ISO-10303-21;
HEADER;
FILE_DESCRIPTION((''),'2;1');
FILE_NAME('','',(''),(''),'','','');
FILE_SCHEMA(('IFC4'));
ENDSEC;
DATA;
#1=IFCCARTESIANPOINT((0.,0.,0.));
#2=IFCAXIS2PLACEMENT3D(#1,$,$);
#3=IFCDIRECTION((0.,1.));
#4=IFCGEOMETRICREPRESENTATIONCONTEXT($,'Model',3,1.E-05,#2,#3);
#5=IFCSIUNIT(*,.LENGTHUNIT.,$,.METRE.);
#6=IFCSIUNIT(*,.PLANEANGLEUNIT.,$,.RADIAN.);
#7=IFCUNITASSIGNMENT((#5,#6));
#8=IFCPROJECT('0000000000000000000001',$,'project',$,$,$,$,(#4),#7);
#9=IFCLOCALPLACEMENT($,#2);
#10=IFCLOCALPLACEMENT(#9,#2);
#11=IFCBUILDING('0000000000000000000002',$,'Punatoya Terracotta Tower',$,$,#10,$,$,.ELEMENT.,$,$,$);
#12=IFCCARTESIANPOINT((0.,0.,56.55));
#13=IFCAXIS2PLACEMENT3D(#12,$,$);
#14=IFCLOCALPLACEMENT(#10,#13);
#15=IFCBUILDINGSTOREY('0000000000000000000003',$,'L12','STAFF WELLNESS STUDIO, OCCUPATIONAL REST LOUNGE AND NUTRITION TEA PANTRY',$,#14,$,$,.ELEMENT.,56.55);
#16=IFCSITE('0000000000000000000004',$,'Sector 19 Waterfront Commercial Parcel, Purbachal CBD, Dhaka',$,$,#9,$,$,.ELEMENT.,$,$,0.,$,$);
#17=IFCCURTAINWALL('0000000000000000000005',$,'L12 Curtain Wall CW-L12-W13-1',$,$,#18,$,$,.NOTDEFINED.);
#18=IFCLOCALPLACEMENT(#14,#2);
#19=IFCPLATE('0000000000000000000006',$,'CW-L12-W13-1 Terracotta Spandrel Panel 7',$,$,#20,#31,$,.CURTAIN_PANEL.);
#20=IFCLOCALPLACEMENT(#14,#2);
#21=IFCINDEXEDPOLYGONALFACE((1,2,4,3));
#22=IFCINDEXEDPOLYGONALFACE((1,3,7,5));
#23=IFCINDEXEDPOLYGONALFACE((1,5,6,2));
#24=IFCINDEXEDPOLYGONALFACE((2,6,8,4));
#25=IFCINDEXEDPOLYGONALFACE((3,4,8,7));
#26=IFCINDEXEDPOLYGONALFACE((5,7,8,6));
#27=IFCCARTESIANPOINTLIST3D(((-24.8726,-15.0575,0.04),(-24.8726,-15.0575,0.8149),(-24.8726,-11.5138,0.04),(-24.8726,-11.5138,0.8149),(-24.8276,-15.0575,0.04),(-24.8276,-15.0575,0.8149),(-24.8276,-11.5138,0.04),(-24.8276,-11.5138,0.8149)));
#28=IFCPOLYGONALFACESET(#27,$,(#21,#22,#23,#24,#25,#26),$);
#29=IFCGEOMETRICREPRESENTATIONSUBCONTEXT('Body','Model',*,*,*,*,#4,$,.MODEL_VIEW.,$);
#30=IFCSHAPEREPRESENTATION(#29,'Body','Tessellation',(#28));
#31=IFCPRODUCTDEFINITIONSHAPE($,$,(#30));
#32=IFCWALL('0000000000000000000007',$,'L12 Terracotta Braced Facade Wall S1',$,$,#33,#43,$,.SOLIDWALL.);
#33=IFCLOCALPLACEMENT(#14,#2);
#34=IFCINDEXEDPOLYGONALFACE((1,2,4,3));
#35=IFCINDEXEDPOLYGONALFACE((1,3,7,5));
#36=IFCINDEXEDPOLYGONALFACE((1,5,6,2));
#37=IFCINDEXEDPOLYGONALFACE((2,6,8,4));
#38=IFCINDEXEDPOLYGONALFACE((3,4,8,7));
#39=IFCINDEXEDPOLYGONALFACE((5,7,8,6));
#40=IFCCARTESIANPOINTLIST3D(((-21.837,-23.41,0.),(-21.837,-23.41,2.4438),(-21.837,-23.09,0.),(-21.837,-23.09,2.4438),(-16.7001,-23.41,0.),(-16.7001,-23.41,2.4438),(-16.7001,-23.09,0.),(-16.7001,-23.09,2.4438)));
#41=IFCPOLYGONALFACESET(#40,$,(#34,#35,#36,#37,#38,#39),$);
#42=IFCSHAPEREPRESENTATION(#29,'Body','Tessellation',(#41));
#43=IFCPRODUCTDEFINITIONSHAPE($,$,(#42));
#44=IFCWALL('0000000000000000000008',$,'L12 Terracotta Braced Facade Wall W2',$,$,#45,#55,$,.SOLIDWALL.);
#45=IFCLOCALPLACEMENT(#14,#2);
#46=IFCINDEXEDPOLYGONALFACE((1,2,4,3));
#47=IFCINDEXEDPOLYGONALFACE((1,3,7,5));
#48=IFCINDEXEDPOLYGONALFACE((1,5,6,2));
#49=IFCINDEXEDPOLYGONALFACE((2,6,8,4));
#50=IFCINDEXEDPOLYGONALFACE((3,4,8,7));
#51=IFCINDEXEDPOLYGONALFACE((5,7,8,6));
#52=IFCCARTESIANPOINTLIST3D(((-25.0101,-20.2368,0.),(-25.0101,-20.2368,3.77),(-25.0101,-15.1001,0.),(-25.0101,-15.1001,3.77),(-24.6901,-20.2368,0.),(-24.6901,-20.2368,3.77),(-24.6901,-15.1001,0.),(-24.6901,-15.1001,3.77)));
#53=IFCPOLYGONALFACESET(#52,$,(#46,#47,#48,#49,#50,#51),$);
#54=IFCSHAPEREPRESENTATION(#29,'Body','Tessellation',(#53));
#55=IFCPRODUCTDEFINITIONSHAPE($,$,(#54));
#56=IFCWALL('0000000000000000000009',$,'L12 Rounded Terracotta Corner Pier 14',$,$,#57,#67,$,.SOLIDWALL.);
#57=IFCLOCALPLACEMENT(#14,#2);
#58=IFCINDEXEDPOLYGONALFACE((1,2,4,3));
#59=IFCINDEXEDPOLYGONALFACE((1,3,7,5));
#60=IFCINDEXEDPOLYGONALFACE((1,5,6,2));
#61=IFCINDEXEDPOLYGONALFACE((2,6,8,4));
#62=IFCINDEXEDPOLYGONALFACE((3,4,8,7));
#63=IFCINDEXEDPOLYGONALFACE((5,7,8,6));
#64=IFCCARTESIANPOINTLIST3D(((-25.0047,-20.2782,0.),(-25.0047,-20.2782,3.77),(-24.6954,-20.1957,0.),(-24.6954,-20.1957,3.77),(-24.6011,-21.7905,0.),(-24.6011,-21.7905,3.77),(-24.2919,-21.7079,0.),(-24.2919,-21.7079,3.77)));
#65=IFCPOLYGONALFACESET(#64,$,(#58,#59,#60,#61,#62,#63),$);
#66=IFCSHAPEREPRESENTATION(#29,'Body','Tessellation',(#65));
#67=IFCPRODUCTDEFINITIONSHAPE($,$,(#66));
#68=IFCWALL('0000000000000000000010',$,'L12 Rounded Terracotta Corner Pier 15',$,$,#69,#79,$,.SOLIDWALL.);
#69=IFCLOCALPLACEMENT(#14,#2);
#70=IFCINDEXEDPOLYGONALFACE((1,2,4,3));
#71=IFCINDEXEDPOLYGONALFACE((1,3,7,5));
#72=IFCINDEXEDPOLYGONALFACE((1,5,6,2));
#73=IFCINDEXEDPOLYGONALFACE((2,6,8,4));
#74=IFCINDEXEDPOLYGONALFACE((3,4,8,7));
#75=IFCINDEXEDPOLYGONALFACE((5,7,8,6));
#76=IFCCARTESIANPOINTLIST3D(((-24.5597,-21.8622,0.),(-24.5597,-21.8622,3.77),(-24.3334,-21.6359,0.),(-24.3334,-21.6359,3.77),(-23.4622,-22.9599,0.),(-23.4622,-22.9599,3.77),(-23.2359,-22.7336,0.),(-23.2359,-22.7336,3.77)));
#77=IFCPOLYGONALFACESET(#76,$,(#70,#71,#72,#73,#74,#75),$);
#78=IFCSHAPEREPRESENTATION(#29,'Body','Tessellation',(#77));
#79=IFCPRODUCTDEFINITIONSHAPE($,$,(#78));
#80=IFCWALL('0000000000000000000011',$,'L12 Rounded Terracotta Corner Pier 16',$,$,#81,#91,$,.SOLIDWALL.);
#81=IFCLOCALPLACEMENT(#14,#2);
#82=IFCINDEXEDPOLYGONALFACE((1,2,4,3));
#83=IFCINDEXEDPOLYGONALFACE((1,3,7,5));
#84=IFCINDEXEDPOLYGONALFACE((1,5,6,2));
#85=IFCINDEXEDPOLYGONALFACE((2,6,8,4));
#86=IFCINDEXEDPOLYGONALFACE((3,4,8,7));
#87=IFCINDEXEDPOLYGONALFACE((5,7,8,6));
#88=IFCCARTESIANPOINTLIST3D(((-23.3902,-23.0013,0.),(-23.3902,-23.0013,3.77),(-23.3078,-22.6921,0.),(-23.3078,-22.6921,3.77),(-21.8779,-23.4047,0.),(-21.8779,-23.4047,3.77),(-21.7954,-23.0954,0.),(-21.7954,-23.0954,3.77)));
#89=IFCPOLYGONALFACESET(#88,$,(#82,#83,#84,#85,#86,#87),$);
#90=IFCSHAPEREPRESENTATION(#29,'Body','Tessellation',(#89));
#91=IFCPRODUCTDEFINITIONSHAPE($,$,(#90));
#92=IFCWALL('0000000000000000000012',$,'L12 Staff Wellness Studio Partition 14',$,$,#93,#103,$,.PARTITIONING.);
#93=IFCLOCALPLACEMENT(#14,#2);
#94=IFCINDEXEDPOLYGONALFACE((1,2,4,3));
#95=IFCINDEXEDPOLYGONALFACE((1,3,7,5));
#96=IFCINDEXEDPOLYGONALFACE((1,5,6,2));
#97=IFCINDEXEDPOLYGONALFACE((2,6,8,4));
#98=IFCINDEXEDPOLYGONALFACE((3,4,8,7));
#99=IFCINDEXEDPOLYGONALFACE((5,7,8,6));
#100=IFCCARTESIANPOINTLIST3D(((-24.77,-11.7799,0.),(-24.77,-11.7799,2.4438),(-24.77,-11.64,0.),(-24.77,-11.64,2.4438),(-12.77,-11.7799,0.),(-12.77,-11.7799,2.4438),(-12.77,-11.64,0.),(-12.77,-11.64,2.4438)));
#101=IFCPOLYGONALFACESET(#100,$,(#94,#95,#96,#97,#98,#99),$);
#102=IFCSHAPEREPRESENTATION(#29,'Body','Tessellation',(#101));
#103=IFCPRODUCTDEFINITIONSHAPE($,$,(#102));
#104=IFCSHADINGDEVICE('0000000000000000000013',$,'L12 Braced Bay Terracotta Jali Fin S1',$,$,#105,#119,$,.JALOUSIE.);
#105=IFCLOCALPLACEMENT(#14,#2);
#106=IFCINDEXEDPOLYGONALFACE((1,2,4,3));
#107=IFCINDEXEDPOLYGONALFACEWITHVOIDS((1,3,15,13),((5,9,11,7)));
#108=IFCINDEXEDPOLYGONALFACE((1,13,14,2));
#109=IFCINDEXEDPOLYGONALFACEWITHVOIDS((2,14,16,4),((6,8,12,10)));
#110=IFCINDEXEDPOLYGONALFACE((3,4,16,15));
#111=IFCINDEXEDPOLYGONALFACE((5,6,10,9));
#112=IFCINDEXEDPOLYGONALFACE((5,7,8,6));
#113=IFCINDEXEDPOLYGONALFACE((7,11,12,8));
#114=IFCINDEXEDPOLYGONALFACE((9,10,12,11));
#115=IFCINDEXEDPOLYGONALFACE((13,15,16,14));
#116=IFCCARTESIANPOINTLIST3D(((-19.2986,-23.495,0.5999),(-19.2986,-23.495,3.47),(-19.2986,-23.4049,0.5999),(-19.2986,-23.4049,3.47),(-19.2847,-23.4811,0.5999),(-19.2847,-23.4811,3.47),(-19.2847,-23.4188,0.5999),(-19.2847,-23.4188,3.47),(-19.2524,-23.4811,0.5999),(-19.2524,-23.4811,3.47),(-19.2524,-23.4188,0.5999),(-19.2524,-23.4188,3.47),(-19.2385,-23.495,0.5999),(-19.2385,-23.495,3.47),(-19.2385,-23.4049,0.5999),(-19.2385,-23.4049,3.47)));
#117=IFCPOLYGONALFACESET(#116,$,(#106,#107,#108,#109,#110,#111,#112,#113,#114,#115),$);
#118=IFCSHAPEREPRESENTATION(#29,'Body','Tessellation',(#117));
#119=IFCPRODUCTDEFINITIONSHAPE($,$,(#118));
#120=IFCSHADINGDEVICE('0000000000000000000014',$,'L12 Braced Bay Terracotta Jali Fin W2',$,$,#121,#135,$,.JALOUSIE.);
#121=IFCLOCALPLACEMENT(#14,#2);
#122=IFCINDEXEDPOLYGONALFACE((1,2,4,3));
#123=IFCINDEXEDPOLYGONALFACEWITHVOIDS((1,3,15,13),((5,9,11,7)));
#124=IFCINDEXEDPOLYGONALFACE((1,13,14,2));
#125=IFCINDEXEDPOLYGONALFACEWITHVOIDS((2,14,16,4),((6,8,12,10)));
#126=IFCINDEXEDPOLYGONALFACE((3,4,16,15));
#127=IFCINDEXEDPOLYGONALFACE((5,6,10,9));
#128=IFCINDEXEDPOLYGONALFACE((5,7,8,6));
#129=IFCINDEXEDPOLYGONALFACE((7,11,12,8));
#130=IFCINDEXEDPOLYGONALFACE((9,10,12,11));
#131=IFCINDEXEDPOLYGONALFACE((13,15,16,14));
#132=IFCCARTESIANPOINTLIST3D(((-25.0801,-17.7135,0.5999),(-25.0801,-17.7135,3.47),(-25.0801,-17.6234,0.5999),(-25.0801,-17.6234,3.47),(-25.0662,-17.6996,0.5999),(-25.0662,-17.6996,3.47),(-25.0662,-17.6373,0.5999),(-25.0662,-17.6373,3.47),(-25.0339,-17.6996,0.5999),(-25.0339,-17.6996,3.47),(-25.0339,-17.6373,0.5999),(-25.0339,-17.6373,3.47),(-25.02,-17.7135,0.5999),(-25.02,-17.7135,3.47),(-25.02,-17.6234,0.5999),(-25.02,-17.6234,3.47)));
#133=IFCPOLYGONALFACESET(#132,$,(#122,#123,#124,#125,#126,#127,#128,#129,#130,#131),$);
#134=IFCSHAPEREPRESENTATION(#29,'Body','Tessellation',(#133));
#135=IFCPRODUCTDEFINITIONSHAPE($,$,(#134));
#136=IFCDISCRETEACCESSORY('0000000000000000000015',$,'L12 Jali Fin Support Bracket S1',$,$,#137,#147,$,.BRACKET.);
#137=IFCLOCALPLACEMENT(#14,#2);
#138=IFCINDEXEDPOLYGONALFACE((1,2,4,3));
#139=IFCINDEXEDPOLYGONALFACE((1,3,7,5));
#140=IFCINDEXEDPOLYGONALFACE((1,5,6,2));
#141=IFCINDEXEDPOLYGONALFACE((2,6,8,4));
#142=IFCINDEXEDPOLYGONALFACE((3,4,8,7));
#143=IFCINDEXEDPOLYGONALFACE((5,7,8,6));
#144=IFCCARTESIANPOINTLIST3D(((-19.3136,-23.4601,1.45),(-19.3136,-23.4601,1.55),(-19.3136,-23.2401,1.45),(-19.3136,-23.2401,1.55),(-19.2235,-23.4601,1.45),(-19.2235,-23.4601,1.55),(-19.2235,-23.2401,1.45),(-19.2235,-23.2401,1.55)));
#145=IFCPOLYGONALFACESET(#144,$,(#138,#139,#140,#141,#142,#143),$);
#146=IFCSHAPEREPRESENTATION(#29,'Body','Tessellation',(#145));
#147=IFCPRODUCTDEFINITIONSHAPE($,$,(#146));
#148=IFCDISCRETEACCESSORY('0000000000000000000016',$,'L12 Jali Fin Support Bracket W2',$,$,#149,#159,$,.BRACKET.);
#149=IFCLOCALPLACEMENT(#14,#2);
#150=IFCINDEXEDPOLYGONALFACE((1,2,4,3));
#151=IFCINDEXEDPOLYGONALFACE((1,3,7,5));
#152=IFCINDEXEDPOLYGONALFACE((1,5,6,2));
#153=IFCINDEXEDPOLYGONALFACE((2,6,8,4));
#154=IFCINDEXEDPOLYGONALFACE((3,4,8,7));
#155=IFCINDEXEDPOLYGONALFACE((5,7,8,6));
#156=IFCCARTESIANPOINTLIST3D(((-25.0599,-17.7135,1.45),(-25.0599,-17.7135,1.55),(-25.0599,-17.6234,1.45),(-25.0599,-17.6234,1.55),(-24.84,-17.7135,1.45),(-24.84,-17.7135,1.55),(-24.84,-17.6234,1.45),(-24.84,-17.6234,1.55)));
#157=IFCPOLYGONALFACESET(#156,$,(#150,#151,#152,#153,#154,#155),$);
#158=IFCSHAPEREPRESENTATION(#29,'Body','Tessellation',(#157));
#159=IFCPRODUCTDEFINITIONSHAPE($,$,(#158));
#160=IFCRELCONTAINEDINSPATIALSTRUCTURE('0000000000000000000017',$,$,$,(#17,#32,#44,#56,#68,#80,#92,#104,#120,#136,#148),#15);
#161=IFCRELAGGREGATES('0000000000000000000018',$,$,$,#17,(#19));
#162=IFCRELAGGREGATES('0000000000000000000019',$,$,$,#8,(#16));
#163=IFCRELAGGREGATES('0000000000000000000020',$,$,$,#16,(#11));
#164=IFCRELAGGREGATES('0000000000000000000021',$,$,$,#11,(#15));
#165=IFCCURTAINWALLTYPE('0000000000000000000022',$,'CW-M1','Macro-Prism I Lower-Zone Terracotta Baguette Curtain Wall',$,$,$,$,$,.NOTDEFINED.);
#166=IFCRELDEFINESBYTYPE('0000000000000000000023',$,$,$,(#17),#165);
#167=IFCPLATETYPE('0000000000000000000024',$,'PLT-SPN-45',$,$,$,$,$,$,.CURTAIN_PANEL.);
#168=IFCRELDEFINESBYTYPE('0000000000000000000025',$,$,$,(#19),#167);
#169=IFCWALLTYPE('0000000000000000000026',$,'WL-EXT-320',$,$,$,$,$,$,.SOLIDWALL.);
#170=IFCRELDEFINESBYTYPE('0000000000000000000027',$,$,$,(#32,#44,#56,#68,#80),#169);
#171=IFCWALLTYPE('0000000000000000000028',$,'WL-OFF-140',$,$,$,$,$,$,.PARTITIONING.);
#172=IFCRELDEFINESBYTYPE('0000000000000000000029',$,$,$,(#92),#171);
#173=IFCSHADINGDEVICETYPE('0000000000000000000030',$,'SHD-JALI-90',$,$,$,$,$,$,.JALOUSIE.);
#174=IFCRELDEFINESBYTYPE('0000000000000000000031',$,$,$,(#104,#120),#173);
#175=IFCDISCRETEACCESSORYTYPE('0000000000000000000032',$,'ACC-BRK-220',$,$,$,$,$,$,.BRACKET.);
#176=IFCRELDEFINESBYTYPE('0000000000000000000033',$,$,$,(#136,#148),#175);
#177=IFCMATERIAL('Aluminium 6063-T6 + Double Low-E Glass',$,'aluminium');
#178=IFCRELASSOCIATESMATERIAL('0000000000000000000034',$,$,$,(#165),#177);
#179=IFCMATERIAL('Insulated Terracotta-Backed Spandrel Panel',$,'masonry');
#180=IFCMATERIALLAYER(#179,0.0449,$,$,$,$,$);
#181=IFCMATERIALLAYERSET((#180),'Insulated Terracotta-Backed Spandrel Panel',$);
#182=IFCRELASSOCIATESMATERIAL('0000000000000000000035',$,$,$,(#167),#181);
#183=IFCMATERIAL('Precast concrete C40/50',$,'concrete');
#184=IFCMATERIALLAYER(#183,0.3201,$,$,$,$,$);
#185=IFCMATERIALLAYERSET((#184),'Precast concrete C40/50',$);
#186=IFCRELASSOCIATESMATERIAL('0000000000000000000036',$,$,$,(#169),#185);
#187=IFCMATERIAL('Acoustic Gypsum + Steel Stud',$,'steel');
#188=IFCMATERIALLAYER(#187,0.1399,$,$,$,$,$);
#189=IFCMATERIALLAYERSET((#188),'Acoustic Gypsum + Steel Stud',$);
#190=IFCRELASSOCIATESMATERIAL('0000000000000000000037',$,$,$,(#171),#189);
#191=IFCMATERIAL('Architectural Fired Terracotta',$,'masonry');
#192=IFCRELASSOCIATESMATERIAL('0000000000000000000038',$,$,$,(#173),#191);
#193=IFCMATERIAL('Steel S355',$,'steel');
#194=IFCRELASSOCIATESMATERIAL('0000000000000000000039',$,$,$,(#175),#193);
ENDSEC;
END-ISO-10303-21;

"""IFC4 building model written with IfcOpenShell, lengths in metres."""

from ifc_helpers import new_model, si_unit, direction, frame, frame_2d, origin, origin_2d, place, context, subcontext, project, spatial, rectangle, hollow_rectangle, extrude, material, layer, layer_set, material_profile, profile_set, type_object, element, aggregate, save


model = new_model("IFC4")

# Units and contexts
model_context = context("Model", 3, precision=1e-05, world=origin(), true_north=direction((0.0, 1.0)))
body_context = subcontext(model_context, "Body", "Model", "MODEL_VIEW")
ifc_project = project(units=[si_unit("LENGTHUNIT", "METRE"), si_unit("PLANEANGLEUNIT", "RADIAN")], contexts=[model_context])

# Site, building, storey
site_placement = place(None, origin())
site = spatial("IfcSite", under=ifc_project, at=site_placement, Name="Sector 19 Waterfront Commercial Parcel, Purbachal CBD, Dhaka", CompositionType="ELEMENT", RefElevation=0.0)
building_placement = place(site_placement, origin())
building = spatial("IfcBuilding", under=site, at=building_placement, Name="Punatoya Terracotta Tower", CompositionType="ELEMENT")
storey_placement = place(building_placement, frame((0.0, 0.0, 56.55)))
storey = spatial("IfcBuildingStorey", under=building, at=storey_placement, Name="L12", Description="STAFF WELLNESS STUDIO, OCCUPATIONAL REST LOUNGE AND NUTRITION TEA PANTRY", CompositionType="ELEMENT", Elevation=56.55)

# Shared definitions
ifc_material_1 = material(Name="Steel S355", Category="steel")

# Curtain wall
ifc_material_2 = material(Name="Aluminium 6063-T6 + Double Low-E Glass", Category="aluminium")
curtain_wall_type = type_object("IfcCurtainWallType", Name="CW-M1", Description="Macro-Prism I Lower-Zone Terracotta Baguette Curtain Wall", PredefinedType="NOTDEFINED", material=ifc_material_2)
curtain_wall_placement = place(storey_placement, origin())
curtain_wall = element("IfcCurtainWall", 1, at=curtain_wall_placement, inside=storey, type_object=curtain_wall_type, Name="L12 Curtain Wall CW-L12-W13-1", PredefinedType="NOTDEFINED")

# Plate
ifc_material_3 = material(Name="Insulated Terracotta-Backed Spandrel Panel", Category="masonry")
ifc_layer_1 = layer(ifc_material_3, 0.0449)
ifc_layer_set_1 = layer_set([ifc_layer_1], Name="Insulated Terracotta-Backed Spandrel Panel")
plate_type_1 = type_object("IfcPlateType", Name="PLT-SPN-45", PredefinedType="CURTAIN_PANEL", material=ifc_layer_set_1)
plate_1_placement = place(storey_placement, frame((-24.8501, -13.2856, 0.04), z_axis=(0.0, 0.0, 1.0), x_axis=(0.0, -1.0, 0.0)))
plate_1 = element("IfcPlate", 2, at=plate_1_placement, type_object=plate_type_1, Name="CW-L12-W13-1 Terracotta Spandrel Panel 7", PredefinedType="CURTAIN_PANEL", context=body_context, shape_type="SweptSolid", body=[
    extrude(rectangle(XDim=3.5437, YDim=0.0449, at=origin_2d()), origin(), (0.0, 0.0, 1.0), 0.7749),
])
aggregate(curtain_wall, [plate_1])

# Walls
ifc_material_4 = material(Name="Precast concrete C40/50", Category="concrete")
ifc_layer_2 = layer(ifc_material_4, 0.3201)
ifc_layer_set_2 = layer_set([ifc_layer_2], Name="Precast concrete C40/50")
wall_type_1 = type_object("IfcWallType", Name="WL-EXT-320", PredefinedType="SOLIDWALL", material=ifc_layer_set_2)
wall_1_placement = place(storey_placement, frame((-21.8369, -23.25, 0.0), z_axis=(0.0, 0.0, 1.0), x_axis=(1.0, 0.0, 0.0)))
element("IfcWall", 3, at=wall_1_placement, inside=storey, type_object=wall_type_1, Name="L12 Terracotta Braced Facade Wall S1", PredefinedType="SOLIDWALL", context=body_context, shape_type="SweptSolid", body=[
    extrude(rectangle(XDim=5.137, YDim=0.3201, at=frame_2d((2.5684, 0.0))), origin(), (0.0, 0.0, 1.0), 2.4438),
])
wall_2_placement = place(storey_placement, frame((-24.8501, -15.1001, 0.0), z_axis=(0.0, 0.0, 1.0), x_axis=(0.0, -1.0, 0.0)))
element("IfcWall", 4, at=wall_2_placement, inside=storey, type_object=wall_type_1, Name="L12 Terracotta Braced Facade Wall W2", PredefinedType="SOLIDWALL", context=body_context, shape_type="SweptSolid", body=[
    extrude(rectangle(XDim=5.1367, YDim=0.3201, at=frame_2d((2.5684, 0.0))), origin(), (0.0, 0.0, 1.0), 3.77),
])
wall_3_placement = place(storey_placement, frame((-24.8501, -20.2368, 0.0), z_axis=(0.0, 0.0, 1.0), x_axis=(0.257847, -0.966186, 0.0)))
element("IfcWall", 5, at=wall_3_placement, inside=storey, type_object=wall_type_1, Name="L12 Rounded Terracotta Corner Pier 14", PredefinedType="SOLIDWALL", context=body_context, shape_type="SweptSolid", body=[
    extrude(rectangle(XDim=1.5652, YDim=0.3201, at=frame_2d((0.7827, 0.0))), origin(), (0.0, 0.0, 1.0), 3.77),
])
wall_4_placement = place(storey_placement, frame((-24.4465, -21.749, 0.0), z_axis=(0.0, 0.0, 1.0), x_axis=(0.707028, -0.707185, 0.0)))
element("IfcWall", 6, at=wall_4_placement, inside=storey, type_object=wall_type_1, Name="L12 Rounded Terracotta Corner Pier 15", PredefinedType="SOLIDWALL", context=body_context, shape_type="SweptSolid", body=[
    extrude(rectangle(XDim=1.5522, YDim=0.3201, at=frame_2d((0.7761, 0.0))), origin(), (0.0, 0.0, 1.0), 3.77),
])
wall_5_placement = place(storey_placement, frame((-23.3491, -22.8467, 0.0), z_axis=(0.0, 0.0, 1.0), x_axis=(0.966225, -0.257701, 0.0)))
element("IfcWall", 7, at=wall_5_placement, inside=storey, type_object=wall_type_1, Name="L12 Rounded Terracotta Corner Pier 16", PredefinedType="SOLIDWALL", context=body_context, shape_type="SweptSolid", body=[
    extrude(rectangle(XDim=1.5652, YDim=0.3201, at=frame_2d((0.7827, 0.0))), origin(), (0.0, 0.0, 1.0), 3.77),
])
ifc_material_5 = material(Name="Acoustic Gypsum + Steel Stud", Category="steel")
ifc_layer_3 = layer(ifc_material_5, 0.1399)
ifc_layer_set_3 = layer_set([ifc_layer_3], Name="Acoustic Gypsum + Steel Stud")
wall_type_2 = type_object("IfcWallType", Name="WL-OFF-140", PredefinedType="PARTITIONING", material=ifc_layer_set_3)
wall_6_placement = place(storey_placement, frame((-24.77, -11.71, 0.0), z_axis=(0.0, 0.0, 1.0), x_axis=(1.0, 0.0, 0.0)))
element("IfcWall", 8, at=wall_6_placement, inside=storey, type_object=wall_type_2, Name="L12 Staff Wellness Studio Partition 14", PredefinedType="PARTITIONING", context=body_context, shape_type="SweptSolid", body=[
    extrude(rectangle(XDim=12.0, YDim=0.1399, at=frame_2d((6.0, 0.0))), origin(), (0.0, 0.0, 1.0), 2.4438),
])

# Shading devices
ifc_material_6 = material(Name="Architectural Fired Terracotta", Category="masonry")
ifc_material_profile_1 = material_profile(ifc_material_6, hollow_rectangle(XDim=0.0601, YDim=0.0901, WallThickness=0.0139, at=origin_2d()))
ifc_profile_set_1 = profile_set([ifc_material_profile_1], Name="Architectural Fired Terracotta")
shading_device_type = type_object("IfcShadingDeviceType", Name="SHD-JALI-90", PredefinedType="JALOUSIE", material=ifc_profile_set_1)
for number, where, z_axis, x_axis, name in (
    (9, (-19.2686, -23.45, 0.5999), (0.0, 0.0, 1.0), (1.0, 0.0, 0.0), "L12 Braced Bay Terracotta Jali Fin S1"),
    (10, (-25.05, -17.6685, 0.5999), (0.0, 0.0, 1.0), (1.0, 0.0, 0.0), "L12 Braced Bay Terracotta Jali Fin W2"),
):
    element("IfcShadingDevice", number, at=place(storey_placement, frame(where, z_axis=z_axis, x_axis=x_axis)), inside=storey, type_object=shading_device_type, Name=name, PredefinedType="JALOUSIE", context=body_context, shape_type="SweptSolid", body=[
        extrude(hollow_rectangle(XDim=0.0601, YDim=0.0901, WallThickness=0.0139, at=origin_2d()), origin(), (0.0, 0.0, 1.0), 2.8701),
    ])

# Discrete accessories
discrete_accessory_type = type_object("IfcDiscreteAccessoryType", Name="ACC-BRK-220", PredefinedType="BRACKET", material=ifc_material_1)
for number, where, z_axis, x_axis, name in (
    (11, (-19.2686, -23.3501, 1.45), (0.0, 0.0, 1.0), (1.0, 0.0, 0.0), "L12 Jali Fin Support Bracket S1"),
    (12, (-24.95, -17.6685, 1.45), (0.0, 0.0, 1.0), (0.0, -1.0, 0.0), "L12 Jali Fin Support Bracket W2"),
):
    element("IfcDiscreteAccessory", number, at=place(storey_placement, frame(where, z_axis=z_axis, x_axis=x_axis)), inside=storey, type_object=discrete_accessory_type, Name=name, PredefinedType="BRACKET", context=body_context, shape_type="SweptSolid", body=[
        extrude(rectangle(XDim=0.0901, YDim=0.22, at=origin_2d()), origin(), (0.0, 0.0, 1.0), 0.1001),
    ])

save(model, "model.ifc")
